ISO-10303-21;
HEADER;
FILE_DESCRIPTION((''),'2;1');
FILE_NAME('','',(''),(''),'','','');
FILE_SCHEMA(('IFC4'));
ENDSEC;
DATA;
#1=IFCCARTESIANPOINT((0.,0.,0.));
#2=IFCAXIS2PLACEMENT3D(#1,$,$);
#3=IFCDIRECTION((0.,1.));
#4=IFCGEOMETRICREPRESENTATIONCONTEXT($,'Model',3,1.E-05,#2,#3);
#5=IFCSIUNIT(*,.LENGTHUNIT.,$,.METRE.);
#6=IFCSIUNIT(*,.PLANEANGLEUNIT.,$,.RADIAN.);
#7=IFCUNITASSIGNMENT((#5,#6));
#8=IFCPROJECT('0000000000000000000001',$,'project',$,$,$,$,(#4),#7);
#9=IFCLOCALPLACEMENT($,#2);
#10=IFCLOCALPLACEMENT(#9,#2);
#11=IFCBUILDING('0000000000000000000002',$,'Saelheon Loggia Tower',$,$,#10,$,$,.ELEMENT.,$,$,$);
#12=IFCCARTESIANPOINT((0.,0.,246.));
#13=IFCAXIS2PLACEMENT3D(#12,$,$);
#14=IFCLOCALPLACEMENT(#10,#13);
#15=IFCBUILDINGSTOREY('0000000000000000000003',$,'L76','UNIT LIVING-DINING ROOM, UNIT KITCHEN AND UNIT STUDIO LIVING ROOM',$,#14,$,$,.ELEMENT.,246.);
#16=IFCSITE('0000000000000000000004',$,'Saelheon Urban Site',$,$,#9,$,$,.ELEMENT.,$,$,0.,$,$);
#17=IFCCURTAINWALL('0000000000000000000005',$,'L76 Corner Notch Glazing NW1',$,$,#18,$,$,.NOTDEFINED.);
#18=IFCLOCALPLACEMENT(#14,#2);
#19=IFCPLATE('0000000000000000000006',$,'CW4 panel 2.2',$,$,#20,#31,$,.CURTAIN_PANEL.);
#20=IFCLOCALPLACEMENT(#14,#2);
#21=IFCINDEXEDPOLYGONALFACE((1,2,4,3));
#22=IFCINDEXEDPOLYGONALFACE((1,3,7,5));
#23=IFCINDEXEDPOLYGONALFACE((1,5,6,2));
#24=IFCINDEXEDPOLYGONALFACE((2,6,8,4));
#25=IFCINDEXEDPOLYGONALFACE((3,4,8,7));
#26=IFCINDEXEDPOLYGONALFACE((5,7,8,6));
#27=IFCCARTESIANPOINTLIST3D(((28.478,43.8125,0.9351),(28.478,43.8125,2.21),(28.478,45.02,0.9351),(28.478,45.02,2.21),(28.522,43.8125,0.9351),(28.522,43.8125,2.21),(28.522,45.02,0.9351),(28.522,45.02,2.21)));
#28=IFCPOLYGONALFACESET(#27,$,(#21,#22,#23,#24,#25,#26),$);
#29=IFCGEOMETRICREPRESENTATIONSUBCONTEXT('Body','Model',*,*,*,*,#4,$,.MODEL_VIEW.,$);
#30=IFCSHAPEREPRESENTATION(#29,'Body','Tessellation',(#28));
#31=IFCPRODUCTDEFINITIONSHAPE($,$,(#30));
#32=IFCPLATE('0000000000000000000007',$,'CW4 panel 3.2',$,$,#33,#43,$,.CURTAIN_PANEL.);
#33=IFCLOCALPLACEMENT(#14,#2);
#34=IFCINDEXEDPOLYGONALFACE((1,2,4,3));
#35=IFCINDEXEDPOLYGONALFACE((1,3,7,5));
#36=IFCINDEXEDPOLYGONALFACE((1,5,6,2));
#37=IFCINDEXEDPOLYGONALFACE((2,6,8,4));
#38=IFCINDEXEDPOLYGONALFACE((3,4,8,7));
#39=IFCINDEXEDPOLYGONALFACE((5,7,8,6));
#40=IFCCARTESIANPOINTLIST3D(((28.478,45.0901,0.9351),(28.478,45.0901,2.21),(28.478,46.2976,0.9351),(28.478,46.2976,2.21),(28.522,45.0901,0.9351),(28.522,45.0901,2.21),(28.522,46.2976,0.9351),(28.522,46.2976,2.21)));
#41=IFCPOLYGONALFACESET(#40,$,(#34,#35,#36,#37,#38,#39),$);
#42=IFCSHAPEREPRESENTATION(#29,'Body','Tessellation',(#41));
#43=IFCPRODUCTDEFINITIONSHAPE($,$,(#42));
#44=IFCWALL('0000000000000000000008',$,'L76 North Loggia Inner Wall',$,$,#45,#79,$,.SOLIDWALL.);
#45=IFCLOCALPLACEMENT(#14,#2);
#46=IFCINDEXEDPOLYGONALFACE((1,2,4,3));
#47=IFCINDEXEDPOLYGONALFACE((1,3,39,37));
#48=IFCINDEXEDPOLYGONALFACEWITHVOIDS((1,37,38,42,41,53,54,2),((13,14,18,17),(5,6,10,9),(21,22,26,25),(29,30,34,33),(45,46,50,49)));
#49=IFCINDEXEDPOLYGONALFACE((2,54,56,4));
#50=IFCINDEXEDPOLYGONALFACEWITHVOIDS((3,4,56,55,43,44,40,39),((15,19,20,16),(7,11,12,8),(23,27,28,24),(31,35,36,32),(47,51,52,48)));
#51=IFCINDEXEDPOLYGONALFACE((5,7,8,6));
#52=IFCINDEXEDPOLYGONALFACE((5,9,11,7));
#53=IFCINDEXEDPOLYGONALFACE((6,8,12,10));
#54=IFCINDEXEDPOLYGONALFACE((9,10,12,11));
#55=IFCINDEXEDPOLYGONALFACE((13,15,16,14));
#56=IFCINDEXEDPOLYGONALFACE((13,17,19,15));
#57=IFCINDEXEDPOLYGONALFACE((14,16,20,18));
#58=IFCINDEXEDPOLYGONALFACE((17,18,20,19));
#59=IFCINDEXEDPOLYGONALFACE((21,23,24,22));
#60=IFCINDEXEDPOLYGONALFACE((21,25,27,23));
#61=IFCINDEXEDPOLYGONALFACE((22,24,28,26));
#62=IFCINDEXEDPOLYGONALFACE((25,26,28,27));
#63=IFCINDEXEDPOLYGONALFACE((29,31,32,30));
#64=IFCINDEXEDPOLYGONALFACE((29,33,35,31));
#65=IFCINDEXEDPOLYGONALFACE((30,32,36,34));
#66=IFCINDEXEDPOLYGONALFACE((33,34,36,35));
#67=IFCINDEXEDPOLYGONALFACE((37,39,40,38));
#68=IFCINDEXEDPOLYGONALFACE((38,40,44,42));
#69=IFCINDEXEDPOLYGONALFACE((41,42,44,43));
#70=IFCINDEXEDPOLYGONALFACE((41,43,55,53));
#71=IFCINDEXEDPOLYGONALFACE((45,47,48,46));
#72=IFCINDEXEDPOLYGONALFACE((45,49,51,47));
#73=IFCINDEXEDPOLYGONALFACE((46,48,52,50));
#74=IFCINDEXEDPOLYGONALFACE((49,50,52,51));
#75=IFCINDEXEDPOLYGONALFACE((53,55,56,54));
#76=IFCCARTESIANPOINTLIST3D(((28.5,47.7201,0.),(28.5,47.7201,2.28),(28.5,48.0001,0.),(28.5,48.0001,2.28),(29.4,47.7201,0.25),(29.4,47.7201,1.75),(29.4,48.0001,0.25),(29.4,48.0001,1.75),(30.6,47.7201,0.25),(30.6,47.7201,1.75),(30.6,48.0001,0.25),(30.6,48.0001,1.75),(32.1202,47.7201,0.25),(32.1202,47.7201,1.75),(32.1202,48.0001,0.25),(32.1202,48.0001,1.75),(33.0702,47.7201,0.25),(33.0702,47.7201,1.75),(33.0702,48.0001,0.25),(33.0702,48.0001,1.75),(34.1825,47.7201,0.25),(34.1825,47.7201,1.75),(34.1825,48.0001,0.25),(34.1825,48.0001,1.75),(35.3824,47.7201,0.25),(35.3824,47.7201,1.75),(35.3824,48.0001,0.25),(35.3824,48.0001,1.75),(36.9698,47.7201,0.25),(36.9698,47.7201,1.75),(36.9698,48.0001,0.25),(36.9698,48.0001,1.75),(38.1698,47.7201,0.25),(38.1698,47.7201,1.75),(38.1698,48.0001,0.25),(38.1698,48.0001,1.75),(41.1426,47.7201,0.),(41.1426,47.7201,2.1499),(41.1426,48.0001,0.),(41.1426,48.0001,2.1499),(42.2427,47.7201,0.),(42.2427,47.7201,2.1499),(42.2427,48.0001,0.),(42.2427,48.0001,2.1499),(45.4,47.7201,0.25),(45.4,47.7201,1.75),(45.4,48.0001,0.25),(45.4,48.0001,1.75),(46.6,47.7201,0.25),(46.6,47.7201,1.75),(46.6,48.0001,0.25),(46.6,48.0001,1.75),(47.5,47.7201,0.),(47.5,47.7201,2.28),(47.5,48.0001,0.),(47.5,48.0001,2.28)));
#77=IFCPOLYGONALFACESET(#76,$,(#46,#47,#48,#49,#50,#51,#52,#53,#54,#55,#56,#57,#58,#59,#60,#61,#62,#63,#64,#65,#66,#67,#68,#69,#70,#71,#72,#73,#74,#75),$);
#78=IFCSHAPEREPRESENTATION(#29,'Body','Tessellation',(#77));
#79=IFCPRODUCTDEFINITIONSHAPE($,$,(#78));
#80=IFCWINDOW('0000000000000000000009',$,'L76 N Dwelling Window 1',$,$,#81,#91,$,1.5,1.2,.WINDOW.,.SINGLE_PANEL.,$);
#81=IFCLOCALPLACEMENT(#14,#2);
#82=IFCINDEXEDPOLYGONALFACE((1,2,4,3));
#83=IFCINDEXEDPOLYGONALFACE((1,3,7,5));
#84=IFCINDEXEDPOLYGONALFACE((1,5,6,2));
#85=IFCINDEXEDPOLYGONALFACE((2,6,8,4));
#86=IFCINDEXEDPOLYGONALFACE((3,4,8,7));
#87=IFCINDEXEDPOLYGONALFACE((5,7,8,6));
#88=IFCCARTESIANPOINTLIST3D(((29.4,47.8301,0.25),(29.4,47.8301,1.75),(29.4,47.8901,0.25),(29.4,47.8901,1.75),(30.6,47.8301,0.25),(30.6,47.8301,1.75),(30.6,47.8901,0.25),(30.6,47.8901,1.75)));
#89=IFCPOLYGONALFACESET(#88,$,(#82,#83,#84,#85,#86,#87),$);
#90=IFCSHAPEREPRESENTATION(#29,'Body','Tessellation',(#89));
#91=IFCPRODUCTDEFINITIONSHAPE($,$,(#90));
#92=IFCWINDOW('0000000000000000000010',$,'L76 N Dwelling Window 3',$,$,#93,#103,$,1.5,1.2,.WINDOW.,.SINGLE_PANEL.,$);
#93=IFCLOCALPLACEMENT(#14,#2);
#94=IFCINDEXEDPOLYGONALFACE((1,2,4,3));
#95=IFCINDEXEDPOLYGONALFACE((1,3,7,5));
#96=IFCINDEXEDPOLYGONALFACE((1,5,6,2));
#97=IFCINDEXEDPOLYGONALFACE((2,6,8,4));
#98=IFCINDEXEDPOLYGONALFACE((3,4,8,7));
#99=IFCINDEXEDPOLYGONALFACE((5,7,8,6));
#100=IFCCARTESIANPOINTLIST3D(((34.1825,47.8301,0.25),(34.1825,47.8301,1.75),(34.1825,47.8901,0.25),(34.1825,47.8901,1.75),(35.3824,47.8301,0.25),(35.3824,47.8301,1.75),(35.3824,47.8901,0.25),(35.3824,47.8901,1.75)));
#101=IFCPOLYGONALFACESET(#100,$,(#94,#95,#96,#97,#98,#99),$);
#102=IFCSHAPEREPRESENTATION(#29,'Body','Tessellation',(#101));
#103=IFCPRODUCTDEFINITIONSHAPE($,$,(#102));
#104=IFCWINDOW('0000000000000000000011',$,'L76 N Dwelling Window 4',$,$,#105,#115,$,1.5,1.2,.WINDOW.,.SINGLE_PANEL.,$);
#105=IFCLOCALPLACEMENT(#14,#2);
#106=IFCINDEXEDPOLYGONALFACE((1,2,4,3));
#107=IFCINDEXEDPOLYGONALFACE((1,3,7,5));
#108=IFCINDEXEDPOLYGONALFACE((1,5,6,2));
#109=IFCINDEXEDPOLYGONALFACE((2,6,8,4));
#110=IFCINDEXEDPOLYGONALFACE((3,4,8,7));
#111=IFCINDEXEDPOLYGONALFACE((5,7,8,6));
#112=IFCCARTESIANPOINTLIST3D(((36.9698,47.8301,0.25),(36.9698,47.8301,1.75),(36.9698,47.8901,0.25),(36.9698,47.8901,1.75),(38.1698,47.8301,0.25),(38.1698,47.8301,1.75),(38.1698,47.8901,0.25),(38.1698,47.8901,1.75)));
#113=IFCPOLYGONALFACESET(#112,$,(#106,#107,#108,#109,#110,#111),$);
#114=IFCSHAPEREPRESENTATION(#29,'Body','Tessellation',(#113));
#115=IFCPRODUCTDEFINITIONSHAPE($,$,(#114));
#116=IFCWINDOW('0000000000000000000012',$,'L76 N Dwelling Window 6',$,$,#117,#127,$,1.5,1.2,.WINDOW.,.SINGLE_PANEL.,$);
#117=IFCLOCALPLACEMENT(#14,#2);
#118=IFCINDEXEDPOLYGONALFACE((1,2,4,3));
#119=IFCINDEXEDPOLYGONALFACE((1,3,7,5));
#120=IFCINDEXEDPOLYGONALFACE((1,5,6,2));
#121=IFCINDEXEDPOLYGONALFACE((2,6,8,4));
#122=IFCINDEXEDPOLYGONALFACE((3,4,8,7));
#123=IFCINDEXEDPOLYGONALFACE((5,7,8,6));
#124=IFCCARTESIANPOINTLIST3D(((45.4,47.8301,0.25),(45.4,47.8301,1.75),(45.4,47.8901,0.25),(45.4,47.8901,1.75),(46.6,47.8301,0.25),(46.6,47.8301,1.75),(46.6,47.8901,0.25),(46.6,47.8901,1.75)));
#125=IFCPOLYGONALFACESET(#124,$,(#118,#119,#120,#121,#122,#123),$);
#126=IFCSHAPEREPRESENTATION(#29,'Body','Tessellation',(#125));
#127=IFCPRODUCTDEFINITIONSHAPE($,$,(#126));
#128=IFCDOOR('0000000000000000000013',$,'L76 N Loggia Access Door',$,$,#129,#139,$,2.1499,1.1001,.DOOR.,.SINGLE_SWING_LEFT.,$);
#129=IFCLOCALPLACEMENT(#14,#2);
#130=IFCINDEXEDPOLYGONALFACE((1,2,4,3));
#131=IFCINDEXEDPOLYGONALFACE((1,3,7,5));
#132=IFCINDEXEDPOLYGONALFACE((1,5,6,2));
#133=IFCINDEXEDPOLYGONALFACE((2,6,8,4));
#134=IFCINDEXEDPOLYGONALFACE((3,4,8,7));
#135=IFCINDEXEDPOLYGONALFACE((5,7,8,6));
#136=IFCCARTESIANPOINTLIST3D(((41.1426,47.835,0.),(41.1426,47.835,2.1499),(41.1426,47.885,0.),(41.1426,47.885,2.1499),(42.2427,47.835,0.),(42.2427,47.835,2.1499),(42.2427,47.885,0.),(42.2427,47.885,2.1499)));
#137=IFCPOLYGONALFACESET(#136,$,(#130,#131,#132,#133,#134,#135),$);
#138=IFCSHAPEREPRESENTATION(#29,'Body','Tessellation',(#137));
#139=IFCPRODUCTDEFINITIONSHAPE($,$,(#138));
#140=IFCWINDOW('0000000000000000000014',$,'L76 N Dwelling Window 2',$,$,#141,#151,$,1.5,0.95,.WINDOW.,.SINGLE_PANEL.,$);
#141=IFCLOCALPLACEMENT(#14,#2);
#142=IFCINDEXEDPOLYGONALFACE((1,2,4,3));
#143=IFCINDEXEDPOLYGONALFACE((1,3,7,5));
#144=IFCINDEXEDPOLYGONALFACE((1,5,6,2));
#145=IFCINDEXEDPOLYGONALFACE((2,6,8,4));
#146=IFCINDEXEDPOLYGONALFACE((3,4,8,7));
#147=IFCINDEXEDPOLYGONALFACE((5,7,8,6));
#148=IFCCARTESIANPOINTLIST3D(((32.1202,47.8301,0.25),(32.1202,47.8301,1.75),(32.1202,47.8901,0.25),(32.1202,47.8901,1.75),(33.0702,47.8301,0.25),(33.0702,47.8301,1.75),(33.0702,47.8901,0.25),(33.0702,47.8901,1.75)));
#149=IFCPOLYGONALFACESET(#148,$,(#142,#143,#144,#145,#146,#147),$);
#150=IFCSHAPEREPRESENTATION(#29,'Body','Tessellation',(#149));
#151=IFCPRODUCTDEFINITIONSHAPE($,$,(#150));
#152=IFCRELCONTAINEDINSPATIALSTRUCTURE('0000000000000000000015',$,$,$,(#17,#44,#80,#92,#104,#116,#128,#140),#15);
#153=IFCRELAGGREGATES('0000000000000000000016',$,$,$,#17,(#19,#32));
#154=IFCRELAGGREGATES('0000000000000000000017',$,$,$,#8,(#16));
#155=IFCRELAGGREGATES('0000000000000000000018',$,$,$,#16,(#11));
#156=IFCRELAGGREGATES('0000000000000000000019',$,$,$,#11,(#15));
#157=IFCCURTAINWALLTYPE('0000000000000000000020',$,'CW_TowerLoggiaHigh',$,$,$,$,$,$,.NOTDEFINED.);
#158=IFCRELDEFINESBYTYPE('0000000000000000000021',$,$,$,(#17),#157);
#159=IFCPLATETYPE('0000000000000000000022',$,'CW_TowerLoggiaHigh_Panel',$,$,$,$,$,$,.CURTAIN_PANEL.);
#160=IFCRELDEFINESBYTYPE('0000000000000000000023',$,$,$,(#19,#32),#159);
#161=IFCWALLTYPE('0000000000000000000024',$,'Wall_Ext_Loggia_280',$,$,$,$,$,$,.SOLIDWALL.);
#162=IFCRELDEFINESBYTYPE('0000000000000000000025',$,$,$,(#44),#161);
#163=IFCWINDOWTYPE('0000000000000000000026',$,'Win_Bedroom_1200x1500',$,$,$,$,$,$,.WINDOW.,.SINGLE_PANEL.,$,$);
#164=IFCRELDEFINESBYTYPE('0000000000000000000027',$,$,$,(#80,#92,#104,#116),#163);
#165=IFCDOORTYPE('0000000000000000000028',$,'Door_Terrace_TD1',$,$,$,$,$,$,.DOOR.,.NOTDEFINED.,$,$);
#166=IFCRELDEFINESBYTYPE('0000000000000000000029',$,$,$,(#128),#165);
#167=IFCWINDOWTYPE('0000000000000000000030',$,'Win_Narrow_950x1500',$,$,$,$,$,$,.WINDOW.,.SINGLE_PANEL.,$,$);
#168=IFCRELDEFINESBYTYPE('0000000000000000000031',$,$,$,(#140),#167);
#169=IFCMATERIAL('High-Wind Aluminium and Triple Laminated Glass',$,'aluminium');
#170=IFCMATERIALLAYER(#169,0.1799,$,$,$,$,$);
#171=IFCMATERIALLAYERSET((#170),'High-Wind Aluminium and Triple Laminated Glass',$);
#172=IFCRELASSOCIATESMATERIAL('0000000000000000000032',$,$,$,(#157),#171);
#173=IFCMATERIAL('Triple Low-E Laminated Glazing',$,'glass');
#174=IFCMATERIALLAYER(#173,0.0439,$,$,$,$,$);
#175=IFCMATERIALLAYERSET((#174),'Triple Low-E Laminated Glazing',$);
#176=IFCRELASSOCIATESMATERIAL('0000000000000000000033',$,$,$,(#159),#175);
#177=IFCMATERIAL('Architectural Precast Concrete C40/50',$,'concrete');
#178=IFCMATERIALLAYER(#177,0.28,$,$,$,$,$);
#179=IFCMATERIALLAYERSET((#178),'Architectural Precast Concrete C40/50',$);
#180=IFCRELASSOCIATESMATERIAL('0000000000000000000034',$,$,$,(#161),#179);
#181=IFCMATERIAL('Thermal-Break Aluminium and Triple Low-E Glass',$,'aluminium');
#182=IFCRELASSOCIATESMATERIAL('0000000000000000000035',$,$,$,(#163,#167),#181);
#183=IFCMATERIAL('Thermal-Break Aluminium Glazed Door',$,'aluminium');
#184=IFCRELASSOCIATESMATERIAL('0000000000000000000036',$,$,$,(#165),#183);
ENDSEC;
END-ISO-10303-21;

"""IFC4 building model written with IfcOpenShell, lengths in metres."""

from ifc_helpers import new_model, si_unit, direction, frame, frame_2d, origin, origin_2d, place, context, subcontext, project, spatial, rectangle, extrude, source, transform, mapped, material, layer, layer_set, type_object, element, fill, aggregate, save


model = new_model("IFC4")

# Units and contexts
model_context = context("Model", 3, precision=1e-05, world=origin(), true_north=direction((0.0, 1.0)))
body_context = subcontext(model_context, "Body", "Model", "MODEL_VIEW")
ifc_project = project(units=[si_unit("LENGTHUNIT", "METRE"), si_unit("PLANEANGLEUNIT", "RADIAN")], contexts=[model_context])

# Site, building, storey
site_placement = place(None, origin())
site = spatial("IfcSite", under=ifc_project, at=site_placement, Name="Saelheon Urban Site", CompositionType="ELEMENT", RefElevation=0.0)
building_placement = place(site_placement, origin())
building = spatial("IfcBuilding", under=site, at=building_placement, Name="Saelheon Loggia Tower", CompositionType="ELEMENT")
storey_placement = place(building_placement, frame((0.0, 0.0, 246.0)))
storey = spatial("IfcBuildingStorey", under=building, at=storey_placement, Name="L76", Description="UNIT LIVING-DINING ROOM, UNIT KITCHEN AND UNIT STUDIO LIVING ROOM", CompositionType="ELEMENT", Elevation=246.0)

# Curtain wall, plates
ifc_material_1 = material(Name="High-Wind Aluminium and Triple Laminated Glass", Category="aluminium")
ifc_layer_1 = layer(ifc_material_1, 0.1799)
ifc_layer_set_1 = layer_set([ifc_layer_1], Name="High-Wind Aluminium and Triple Laminated Glass")
curtain_wall_type = type_object("IfcCurtainWallType", Name="CW_TowerLoggiaHigh", PredefinedType="NOTDEFINED", material=ifc_layer_set_1)
curtain_wall_placement = place(storey_placement, origin())
curtain_wall = element("IfcCurtainWall", 1, at=curtain_wall_placement, inside=storey, type_object=curtain_wall_type, Name="L76 Corner Notch Glazing NW1", PredefinedType="NOTDEFINED")
ifc_material_2 = material(Name="Triple Low-E Laminated Glazing", Category="glass")
ifc_layer_2 = layer(ifc_material_2, 0.0439)
ifc_layer_set_2 = layer_set([ifc_layer_2], Name="Triple Low-E Laminated Glazing")
plate_type = type_object("IfcPlateType", Name="CW_TowerLoggiaHigh_Panel", PredefinedType="CURTAIN_PANEL", material=ifc_layer_set_2)
shared_shape_1 = source(origin(), body_context, "Body", "SweptSolid", [
    extrude(rectangle(XDim=1.2075, YDim=0.0439, at=origin_2d()), origin(), (0.0, 0.0, 1.0), 1.2749),
])
plate_1_placement = place(storey_placement, frame((28.5, 44.4163, 0.9351), z_axis=(0.0, 0.0, 1.0), x_axis=(0.0, 1.0, 0.0)))
plate_1 = element("IfcPlate", 2, at=plate_1_placement, type_object=plate_type, Name="CW4 panel 2.2", PredefinedType="CURTAIN_PANEL", context=body_context, shape_type="MappedRepresentation", body=[
    mapped(shared_shape_1, transform((0.0, 0.0, 0.0), scale=1.0)),
])
plate_2_placement = place(storey_placement, frame((28.5, 45.6938, 0.9351), z_axis=(0.0, 0.0, 1.0), x_axis=(0.0, 1.0, 0.0)))
plate_2 = element("IfcPlate", 3, at=plate_2_placement, type_object=plate_type, Name="CW4 panel 3.2", PredefinedType="CURTAIN_PANEL", context=body_context, shape_type="MappedRepresentation", body=[
    mapped(shared_shape_1, transform((0.0, 0.0, 0.0), scale=1.0)),
])
aggregate(curtain_wall, [plate_1, plate_2])

# Wall, openings, windows, door
ifc_material_3 = material(Name="Architectural Precast Concrete C40/50", Category="concrete")
ifc_layer_3 = layer(ifc_material_3, 0.28)
ifc_layer_set_3 = layer_set([ifc_layer_3], Name="Architectural Precast Concrete C40/50")
wall_type = type_object("IfcWallType", Name="Wall_Ext_Loggia_280", PredefinedType="SOLIDWALL", material=ifc_layer_set_3)
wall_placement = place(storey_placement, frame((28.5, 47.8601, 0.0), z_axis=(0.0, 0.0, 1.0), x_axis=(1.0, 0.0, 0.0)))
wall = element("IfcWall", 4, at=wall_placement, inside=storey, type_object=wall_type, Name="L76 North Loggia Inner Wall", PredefinedType="SOLIDWALL", context=body_context, shape_type="SweptSolid", body=[
    extrude(rectangle(XDim=19.0, YDim=0.28, at=frame_2d((9.5, 0.0))), origin(), (0.0, 0.0, 1.0), 2.28),
])
opening_1_placement = place(wall_placement, frame((0.8999, 0.0, 0.25)))
opening_1 = element("IfcOpeningElement", 5, at=opening_1_placement, cuts=wall, PredefinedType="OPENING", context=body_context, shape_type="SweptSolid", body=[
    extrude(rectangle(XDim=1.2, YDim=1.5, at=frame_2d((0.6001, 0.75))), frame((0.0, 0.1521, 0.0), z_axis=(0.0, -1.0, 0.0), x_axis=(1.0, 0.0, 0.0)), (0.0, 0.0, 1.0), 0.304),
])
opening_2_placement = place(wall_placement, frame((3.6201, 0.0, 0.25)))
opening_2 = element("IfcOpeningElement", 6, at=opening_2_placement, cuts=wall, PredefinedType="OPENING", context=body_context, shape_type="SweptSolid", body=[
    extrude(rectangle(XDim=0.95, YDim=1.5, at=frame_2d((0.4751, 0.75))), frame((0.0, 0.1521, 0.0), z_axis=(0.0, -1.0, 0.0), x_axis=(1.0, 0.0, 0.0)), (0.0, 0.0, 1.0), 0.304),
])
opening_3_placement = place(wall_placement, frame((5.6824, 0.0, 0.25)))
opening_3 = element("IfcOpeningElement", 7, at=opening_3_placement, cuts=wall, PredefinedType="OPENING", context=body_context, shape_type="SweptSolid", body=[
    extrude(rectangle(XDim=1.2, YDim=1.5, at=frame_2d((0.6001, 0.75))), frame((0.0, 0.1521, 0.0), z_axis=(0.0, -1.0, 0.0), x_axis=(1.0, 0.0, 0.0)), (0.0, 0.0, 1.0), 0.304),
])
opening_4_placement = place(wall_placement, frame((8.4697, 0.0, 0.25)))
opening_4 = element("IfcOpeningElement", 8, at=opening_4_placement, cuts=wall, PredefinedType="OPENING", context=body_context, shape_type="SweptSolid", body=[
    extrude(rectangle(XDim=1.2, YDim=1.5, at=frame_2d((0.6001, 0.75))), frame((0.0, 0.1521, 0.0), z_axis=(0.0, -1.0, 0.0), x_axis=(1.0, 0.0, 0.0)), (0.0, 0.0, 1.0), 0.304),
])
opening_5_placement = place(wall_placement, frame((12.6426, 0.0, 0.0)))
opening_5 = element("IfcOpeningElement", 9, at=opening_5_placement, cuts=wall, PredefinedType="OPENING", context=body_context, shape_type="SweptSolid", body=[
    extrude(rectangle(XDim=1.1001, YDim=2.1499, at=frame_2d((0.55, 1.075))), frame((0.0, 0.1521, 0.0), z_axis=(0.0, -1.0, 0.0), x_axis=(1.0, 0.0, 0.0)), (0.0, 0.0, 1.0), 0.304),
])
opening_6_placement = place(wall_placement, frame((16.8999, 0.0, 0.25)))
opening_6 = element("IfcOpeningElement", 10, at=opening_6_placement, cuts=wall, PredefinedType="OPENING", context=body_context, shape_type="SweptSolid", body=[
    extrude(rectangle(XDim=1.2, YDim=1.5, at=frame_2d((0.6001, 0.75))), frame((0.0, 0.1521, 0.0), z_axis=(0.0, -1.0, 0.0), x_axis=(1.0, 0.0, 0.0)), (0.0, 0.0, 1.0), 0.304),
])
ifc_material_4 = material(Name="Thermal-Break Aluminium and Triple Low-E Glass", Category="aluminium")
window_type_1 = type_object("IfcWindowType", Name="Win_Bedroom_1200x1500", PartitioningType="SINGLE_PANEL", PredefinedType="WINDOW", material=ifc_material_4)
shared_shape_2 = source(origin(), body_context, "Body", "SweptSolid", [
    extrude(rectangle(XDim=1.2, YDim=1.5, at=frame_2d((0.6001, 0.75))), frame((0.0, 0.03, 0.0), z_axis=(0.0, -1.0, 0.0), x_axis=(1.0, 0.0, 0.0)), (0.0, 0.0, 1.0), 0.0601),
])
window_1_placement = place(opening_1_placement, origin())
window_1 = element("IfcWindow", 11, at=window_1_placement, inside=storey, type_object=window_type_1, Name="L76 N Dwelling Window 1", OverallHeight=1.5, OverallWidth=1.2, PartitioningType="SINGLE_PANEL", PredefinedType="WINDOW", context=body_context, shape_type="MappedRepresentation", body=[
    mapped(shared_shape_2, transform((0.0, 0.0, 0.0), scale=1.0)),
])
fill(opening_1, window_1)
window_2_placement = place(opening_3_placement, origin())
window_2 = element("IfcWindow", 12, at=window_2_placement, inside=storey, type_object=window_type_1, Name="L76 N Dwelling Window 3", OverallHeight=1.5, OverallWidth=1.2, PartitioningType="SINGLE_PANEL", PredefinedType="WINDOW", context=body_context, shape_type="MappedRepresentation", body=[
    mapped(shared_shape_2, transform((0.0, 0.0, 0.0), scale=1.0)),
])
fill(opening_3, window_2)
window_3_placement = place(opening_4_placement, origin())
window_3 = element("IfcWindow", 13, at=window_3_placement, inside=storey, type_object=window_type_1, Name="L76 N Dwelling Window 4", OverallHeight=1.5, OverallWidth=1.2, PartitioningType="SINGLE_PANEL", PredefinedType="WINDOW", context=body_context, shape_type="MappedRepresentation", body=[
    mapped(shared_shape_2, transform((0.0, 0.0, 0.0), scale=1.0)),
])
fill(opening_4, window_3)
window_4_placement = place(opening_6_placement, origin())
window_4 = element("IfcWindow", 14, at=window_4_placement, inside=storey, type_object=window_type_1, Name="L76 N Dwelling Window 6", OverallHeight=1.5, OverallWidth=1.2, PartitioningType="SINGLE_PANEL", PredefinedType="WINDOW", context=body_context, shape_type="MappedRepresentation", body=[
    mapped(shared_shape_2, transform((0.0, 0.0, 0.0), scale=1.0)),
])
fill(opening_6, window_4)
ifc_material_5 = material(Name="Thermal-Break Aluminium Glazed Door", Category="aluminium")
door_type = type_object("IfcDoorType", Name="Door_Terrace_TD1", OperationType="NOTDEFINED", PredefinedType="DOOR", material=ifc_material_5)
shared_shape_3 = source(origin(), body_context, "Body", "SweptSolid", [
    extrude(rectangle(XDim=1.1001, YDim=2.1499, at=frame_2d((0.55, 1.075))), frame((0.0, 0.0249, 0.0), z_axis=(0.0, -1.0, 0.0), x_axis=(1.0, 0.0, 0.0)), (0.0, 0.0, 1.0), 0.05),
])
door_placement = place(opening_5_placement, origin())
door = element("IfcDoor", 15, at=door_placement, inside=storey, type_object=door_type, Name="L76 N Loggia Access Door", OperationType="SINGLE_SWING_LEFT", OverallHeight=2.1499, OverallWidth=1.1001, PredefinedType="DOOR", context=body_context, shape_type="MappedRepresentation", body=[
    mapped(shared_shape_3, transform((0.0, 0.0, 0.0), scale=1.0)),
])
fill(opening_5, door)
window_type_2 = type_object("IfcWindowType", Name="Win_Narrow_950x1500", PartitioningType="SINGLE_PANEL", PredefinedType="WINDOW", material=ifc_material_4)
shared_shape_4 = source(origin(), body_context, "Body", "SweptSolid", [
    extrude(rectangle(XDim=0.95, YDim=1.5, at=frame_2d((0.4751, 0.75))), frame((0.0, 0.03, 0.0), z_axis=(0.0, -1.0, 0.0), x_axis=(1.0, 0.0, 0.0)), (0.0, 0.0, 1.0), 0.0601),
])
window_5_placement = place(opening_2_placement, origin())
window_5 = element("IfcWindow", 16, at=window_5_placement, inside=storey, type_object=window_type_2, Name="L76 N Dwelling Window 2", OverallHeight=1.5, OverallWidth=0.95, PartitioningType="SINGLE_PANEL", PredefinedType="WINDOW", context=body_context, shape_type="MappedRepresentation", body=[
    mapped(shared_shape_4, transform((0.0, 0.0, 0.0), scale=1.0)),
])
fill(opening_2, window_5)

save(model, "model.ifc")
